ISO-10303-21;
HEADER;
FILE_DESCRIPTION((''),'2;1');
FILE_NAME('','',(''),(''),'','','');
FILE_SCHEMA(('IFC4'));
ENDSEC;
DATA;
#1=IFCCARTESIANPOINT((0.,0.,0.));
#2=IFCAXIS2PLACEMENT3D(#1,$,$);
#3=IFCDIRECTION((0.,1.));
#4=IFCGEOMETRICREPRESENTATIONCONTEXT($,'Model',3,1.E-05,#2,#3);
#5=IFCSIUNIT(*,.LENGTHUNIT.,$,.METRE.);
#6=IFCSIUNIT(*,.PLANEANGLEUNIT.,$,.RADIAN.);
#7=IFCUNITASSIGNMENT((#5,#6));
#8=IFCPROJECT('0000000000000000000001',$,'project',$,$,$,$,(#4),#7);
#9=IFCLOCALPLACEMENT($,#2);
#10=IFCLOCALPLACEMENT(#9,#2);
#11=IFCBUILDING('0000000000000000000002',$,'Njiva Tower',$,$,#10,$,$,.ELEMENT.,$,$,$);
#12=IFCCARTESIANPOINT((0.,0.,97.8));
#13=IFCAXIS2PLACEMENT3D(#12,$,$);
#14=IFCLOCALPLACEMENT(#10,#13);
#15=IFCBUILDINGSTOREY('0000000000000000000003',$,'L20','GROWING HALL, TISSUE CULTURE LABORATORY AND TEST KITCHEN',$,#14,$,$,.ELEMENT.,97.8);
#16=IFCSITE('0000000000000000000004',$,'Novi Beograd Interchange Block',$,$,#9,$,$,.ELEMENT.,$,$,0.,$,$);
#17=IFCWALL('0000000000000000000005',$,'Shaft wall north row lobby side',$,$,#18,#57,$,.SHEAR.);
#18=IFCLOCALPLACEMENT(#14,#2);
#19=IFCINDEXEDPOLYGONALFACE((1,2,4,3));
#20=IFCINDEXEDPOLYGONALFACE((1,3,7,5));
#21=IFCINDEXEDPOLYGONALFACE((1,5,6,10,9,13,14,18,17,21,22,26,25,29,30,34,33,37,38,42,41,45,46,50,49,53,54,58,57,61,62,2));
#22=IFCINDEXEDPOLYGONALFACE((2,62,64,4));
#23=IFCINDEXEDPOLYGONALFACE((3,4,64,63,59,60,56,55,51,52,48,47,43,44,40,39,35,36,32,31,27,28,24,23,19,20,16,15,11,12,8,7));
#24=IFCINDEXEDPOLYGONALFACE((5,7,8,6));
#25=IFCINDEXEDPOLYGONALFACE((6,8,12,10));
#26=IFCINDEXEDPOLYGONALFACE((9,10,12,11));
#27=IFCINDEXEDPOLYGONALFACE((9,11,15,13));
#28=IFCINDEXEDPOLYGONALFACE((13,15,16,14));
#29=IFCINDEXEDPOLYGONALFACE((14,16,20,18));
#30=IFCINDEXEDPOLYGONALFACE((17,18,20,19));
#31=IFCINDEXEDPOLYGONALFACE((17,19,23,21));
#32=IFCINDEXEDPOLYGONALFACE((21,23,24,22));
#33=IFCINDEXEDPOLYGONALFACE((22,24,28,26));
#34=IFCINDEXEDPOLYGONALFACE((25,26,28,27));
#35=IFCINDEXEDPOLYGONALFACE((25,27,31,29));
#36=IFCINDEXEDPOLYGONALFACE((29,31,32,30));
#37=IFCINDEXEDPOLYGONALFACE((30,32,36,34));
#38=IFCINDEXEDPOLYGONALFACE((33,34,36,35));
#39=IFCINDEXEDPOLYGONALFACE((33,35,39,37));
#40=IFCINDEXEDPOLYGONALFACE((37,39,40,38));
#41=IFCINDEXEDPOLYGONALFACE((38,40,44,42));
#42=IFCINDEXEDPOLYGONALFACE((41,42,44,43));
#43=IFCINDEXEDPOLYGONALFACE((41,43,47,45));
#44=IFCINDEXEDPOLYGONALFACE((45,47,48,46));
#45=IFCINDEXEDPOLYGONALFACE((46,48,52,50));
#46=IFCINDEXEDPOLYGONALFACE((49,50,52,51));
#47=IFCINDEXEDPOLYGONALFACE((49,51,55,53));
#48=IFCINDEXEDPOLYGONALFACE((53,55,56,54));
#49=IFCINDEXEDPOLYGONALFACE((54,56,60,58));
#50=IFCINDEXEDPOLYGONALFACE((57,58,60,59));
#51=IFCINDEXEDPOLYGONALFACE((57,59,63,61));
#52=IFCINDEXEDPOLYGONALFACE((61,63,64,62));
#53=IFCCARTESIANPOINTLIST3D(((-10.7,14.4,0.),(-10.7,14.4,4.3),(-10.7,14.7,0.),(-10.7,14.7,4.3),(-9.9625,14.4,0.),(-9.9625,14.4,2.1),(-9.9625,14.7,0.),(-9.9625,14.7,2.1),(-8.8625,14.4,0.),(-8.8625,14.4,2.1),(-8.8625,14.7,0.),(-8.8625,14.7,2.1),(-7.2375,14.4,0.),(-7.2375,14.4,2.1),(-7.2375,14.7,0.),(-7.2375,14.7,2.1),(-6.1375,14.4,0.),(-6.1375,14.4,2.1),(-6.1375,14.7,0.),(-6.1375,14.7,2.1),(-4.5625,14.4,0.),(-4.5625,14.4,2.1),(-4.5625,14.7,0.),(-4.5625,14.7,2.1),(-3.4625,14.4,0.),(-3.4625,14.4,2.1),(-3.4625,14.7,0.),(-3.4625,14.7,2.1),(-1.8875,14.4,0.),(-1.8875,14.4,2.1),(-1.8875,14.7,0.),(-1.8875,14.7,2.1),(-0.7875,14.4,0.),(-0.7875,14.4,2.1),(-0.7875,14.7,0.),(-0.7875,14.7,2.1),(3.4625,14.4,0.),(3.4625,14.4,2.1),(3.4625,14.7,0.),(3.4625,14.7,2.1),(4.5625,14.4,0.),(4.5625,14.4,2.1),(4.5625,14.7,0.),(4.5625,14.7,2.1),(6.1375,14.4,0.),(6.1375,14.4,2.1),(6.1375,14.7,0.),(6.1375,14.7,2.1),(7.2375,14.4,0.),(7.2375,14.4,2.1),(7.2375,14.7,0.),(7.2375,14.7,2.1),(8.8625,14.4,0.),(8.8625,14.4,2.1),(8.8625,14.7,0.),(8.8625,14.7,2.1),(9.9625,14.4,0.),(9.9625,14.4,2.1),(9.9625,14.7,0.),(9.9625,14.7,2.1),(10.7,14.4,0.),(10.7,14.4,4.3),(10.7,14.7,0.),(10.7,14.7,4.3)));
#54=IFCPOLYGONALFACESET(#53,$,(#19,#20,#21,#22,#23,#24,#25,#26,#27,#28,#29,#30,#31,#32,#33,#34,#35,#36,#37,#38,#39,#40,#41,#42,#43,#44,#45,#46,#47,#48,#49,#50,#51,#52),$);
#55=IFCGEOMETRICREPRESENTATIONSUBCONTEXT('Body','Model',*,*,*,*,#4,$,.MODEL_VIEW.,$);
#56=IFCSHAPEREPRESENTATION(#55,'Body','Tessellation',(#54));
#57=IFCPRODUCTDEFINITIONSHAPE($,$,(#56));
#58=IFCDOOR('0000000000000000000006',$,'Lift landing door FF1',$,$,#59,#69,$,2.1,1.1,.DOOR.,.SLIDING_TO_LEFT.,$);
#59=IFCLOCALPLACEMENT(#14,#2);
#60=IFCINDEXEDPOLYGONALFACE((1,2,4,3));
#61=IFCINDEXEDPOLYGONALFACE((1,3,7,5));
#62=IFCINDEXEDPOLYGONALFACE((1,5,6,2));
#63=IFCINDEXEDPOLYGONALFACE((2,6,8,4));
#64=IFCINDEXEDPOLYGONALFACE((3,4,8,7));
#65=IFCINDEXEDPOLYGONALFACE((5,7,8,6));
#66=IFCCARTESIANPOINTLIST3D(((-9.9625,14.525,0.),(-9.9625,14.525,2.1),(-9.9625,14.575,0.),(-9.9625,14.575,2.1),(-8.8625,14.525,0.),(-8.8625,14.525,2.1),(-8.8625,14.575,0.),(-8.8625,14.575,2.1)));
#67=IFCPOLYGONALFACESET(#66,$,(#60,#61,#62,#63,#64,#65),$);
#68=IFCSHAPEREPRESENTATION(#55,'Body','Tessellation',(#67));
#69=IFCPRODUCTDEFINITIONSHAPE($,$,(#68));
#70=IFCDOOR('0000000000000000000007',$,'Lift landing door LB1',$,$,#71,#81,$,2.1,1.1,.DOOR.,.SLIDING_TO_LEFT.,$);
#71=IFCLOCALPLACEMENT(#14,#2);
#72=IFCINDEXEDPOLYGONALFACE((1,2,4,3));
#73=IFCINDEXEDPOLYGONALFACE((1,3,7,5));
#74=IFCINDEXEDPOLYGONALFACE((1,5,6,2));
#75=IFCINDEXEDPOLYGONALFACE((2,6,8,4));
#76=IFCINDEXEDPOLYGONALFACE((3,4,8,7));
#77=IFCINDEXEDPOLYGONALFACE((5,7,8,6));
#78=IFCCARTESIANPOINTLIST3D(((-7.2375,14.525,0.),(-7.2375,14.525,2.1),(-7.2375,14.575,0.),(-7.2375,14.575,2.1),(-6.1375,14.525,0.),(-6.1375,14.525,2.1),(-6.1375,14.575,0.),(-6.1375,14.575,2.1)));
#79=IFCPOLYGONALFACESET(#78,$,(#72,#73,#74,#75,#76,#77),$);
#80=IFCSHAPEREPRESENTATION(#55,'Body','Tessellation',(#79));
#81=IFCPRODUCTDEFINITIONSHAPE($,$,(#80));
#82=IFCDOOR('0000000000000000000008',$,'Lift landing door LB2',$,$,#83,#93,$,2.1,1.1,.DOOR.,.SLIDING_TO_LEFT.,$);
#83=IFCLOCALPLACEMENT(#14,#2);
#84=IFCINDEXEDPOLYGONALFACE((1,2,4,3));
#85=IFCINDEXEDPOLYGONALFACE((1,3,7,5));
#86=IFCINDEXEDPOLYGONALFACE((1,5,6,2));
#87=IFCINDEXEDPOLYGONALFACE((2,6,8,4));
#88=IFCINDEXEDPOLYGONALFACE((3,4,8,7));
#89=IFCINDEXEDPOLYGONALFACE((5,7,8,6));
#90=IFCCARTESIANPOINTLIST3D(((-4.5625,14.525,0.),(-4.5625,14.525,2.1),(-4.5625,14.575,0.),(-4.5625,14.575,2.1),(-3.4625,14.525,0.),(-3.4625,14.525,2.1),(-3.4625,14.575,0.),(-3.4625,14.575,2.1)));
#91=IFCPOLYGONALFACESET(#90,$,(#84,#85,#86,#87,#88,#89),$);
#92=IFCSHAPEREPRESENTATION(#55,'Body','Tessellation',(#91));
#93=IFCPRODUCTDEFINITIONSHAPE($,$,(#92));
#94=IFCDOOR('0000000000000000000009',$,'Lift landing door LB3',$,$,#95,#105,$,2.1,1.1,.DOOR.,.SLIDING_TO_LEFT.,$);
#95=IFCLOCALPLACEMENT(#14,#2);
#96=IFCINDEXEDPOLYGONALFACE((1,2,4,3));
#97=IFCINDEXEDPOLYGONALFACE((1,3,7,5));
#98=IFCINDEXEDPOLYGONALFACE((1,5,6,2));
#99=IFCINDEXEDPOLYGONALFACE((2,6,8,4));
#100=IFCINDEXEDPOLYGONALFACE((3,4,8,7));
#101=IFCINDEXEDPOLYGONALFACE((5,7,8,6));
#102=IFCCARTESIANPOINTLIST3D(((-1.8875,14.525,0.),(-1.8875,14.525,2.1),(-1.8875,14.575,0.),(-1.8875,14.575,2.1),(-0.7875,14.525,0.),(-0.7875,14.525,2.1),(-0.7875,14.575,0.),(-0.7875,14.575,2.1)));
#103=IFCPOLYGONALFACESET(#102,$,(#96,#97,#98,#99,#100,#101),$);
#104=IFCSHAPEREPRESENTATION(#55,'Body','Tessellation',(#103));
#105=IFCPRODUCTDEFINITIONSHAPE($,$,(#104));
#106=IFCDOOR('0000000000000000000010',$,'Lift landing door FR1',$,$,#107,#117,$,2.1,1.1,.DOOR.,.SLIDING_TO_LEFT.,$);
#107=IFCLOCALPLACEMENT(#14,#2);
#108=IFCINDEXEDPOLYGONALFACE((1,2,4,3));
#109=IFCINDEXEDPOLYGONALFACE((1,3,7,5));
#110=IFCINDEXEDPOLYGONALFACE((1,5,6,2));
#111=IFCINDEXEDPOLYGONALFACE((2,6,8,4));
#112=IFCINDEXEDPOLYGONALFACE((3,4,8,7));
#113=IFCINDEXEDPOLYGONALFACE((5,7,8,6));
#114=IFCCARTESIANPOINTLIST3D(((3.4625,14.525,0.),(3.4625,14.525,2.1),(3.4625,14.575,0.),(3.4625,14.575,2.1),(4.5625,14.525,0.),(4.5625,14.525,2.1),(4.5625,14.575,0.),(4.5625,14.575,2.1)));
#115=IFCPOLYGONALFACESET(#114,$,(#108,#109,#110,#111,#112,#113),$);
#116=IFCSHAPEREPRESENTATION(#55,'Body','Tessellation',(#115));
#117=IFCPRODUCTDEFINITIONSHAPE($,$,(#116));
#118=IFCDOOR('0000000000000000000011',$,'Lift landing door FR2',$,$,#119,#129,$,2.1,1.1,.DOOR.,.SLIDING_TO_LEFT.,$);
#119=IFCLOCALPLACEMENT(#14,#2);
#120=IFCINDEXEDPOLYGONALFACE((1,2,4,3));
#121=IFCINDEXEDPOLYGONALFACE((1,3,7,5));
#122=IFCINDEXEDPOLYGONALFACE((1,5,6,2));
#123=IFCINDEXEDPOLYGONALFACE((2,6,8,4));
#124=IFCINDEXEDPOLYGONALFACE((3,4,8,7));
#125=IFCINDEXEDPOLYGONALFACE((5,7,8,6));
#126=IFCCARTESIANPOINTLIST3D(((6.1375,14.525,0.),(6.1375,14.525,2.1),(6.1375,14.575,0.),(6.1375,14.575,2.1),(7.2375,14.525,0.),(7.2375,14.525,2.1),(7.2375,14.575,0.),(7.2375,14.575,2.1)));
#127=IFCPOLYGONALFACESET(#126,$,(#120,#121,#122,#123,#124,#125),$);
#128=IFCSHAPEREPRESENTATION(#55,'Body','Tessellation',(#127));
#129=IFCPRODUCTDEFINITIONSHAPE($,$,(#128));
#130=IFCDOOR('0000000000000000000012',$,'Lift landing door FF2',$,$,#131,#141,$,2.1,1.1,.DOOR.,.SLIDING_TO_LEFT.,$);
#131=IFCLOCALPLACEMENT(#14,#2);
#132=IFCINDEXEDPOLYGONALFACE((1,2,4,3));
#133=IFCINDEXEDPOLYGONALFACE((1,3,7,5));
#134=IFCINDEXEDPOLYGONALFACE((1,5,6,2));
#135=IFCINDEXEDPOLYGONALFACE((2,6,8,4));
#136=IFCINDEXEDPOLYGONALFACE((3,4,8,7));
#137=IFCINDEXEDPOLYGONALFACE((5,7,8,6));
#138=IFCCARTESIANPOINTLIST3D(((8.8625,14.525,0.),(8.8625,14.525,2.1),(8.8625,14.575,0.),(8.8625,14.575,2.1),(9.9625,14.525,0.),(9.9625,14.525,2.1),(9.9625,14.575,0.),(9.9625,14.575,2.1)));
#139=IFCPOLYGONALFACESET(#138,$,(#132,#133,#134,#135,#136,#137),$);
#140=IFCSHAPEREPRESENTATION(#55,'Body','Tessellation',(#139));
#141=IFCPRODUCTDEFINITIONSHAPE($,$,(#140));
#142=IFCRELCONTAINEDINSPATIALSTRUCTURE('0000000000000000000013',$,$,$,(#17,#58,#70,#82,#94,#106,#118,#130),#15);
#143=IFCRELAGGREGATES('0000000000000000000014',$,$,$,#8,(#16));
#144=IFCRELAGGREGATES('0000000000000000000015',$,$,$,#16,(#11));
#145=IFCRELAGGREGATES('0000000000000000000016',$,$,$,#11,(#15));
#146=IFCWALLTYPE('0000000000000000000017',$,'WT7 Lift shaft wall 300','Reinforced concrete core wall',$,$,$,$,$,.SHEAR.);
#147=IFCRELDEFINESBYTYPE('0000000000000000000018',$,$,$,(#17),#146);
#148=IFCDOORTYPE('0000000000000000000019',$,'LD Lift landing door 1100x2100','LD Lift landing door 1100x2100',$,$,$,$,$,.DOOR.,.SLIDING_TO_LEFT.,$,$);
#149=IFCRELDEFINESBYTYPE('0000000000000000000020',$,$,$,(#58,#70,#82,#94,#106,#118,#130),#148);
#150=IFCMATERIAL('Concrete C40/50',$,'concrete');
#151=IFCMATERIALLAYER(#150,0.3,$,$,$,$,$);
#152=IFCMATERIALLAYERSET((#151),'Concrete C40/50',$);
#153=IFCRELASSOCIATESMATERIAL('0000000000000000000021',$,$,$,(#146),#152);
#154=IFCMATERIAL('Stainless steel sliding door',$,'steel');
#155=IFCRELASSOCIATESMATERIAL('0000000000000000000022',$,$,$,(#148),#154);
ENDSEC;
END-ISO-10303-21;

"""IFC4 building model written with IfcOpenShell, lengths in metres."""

from ifc_helpers import new_model, si_unit, direction, frame, frame_2d, origin, place, context, subcontext, project, spatial, rectangle, extrude, material, layer, layer_set, type_object, element, fill, save


model = new_model("IFC4")

# Units and contexts
model_context = context("Model", 3, precision=1e-05, world=origin(), true_north=direction((0.0, 1.0)))
body_context = subcontext(model_context, "Body", "Model", "MODEL_VIEW")
ifc_project = project(units=[si_unit("LENGTHUNIT", "METRE"), si_unit("PLANEANGLEUNIT", "RADIAN")], contexts=[model_context])

# Site, building, storey
site_placement = place(None, origin())
site = spatial("IfcSite", under=ifc_project, at=site_placement, Name="Novi Beograd Interchange Block", CompositionType="ELEMENT", RefElevation=0.0)
building_placement = place(site_placement, origin())
building = spatial("IfcBuilding", under=site, at=building_placement, Name="Njiva Tower", CompositionType="ELEMENT")
storey_placement = place(building_placement, frame((0.0, 0.0, 97.8)))
storey = spatial("IfcBuildingStorey", under=building, at=storey_placement, Name="L20", Description="GROWING HALL, TISSUE CULTURE LABORATORY AND TEST KITCHEN", CompositionType="ELEMENT", Elevation=97.8)

# Shared definitions
ifc_material_1 = material(Name="Concrete C40/50", Category="concrete")

# Wall, openings, doors
ifc_layer_1 = layer(ifc_material_1, 0.3)
ifc_layer_set_1 = layer_set([ifc_layer_1], Name="Concrete C40/50")
wall_type_1 = type_object("IfcWallType", Name="WT7 Lift shaft wall 300", Description="Reinforced concrete core wall", PredefinedType="SHEAR", material=ifc_layer_set_1)
wall_1_placement = place(storey_placement, frame((-10.7, 14.55, 0.0), z_axis=(0.0, 0.0, 1.0), x_axis=(1.0, 0.0, 0.0)))
wall_1 = element("IfcWall", 1, at=wall_1_placement, inside=storey, type_object=wall_type_1, Name="Shaft wall north row lobby side", PredefinedType="SHEAR", context=body_context, shape_type="SweptSolid", body=[
    extrude(rectangle(XDim=21.4, YDim=0.3, at=frame_2d((10.7, 0.0))), origin(), (0.0, 0.0, 1.0), 4.3),
])
opening_1_placement = place(wall_1_placement, frame((0.7375, 0.0, 0.0)))
opening_1 = element("IfcOpeningElement", 2, at=opening_1_placement, cuts=wall_1, PredefinedType="OPENING", context=body_context, shape_type="SweptSolid", body=[
    extrude(rectangle(XDim=1.1, YDim=2.1, at=frame_2d((0.55, 1.05))), frame((0.0, 0.16, 0.0), z_axis=(0.0, -1.0, 0.0), x_axis=(1.0, 0.0, 0.0)), (0.0, 0.0, 1.0), 0.32),
])
opening_2_placement = place(wall_1_placement, frame((3.4625, 0.0, 0.0)))
opening_2 = element("IfcOpeningElement", 3, at=opening_2_placement, cuts=wall_1, PredefinedType="OPENING", context=body_context, shape_type="SweptSolid", body=[
    extrude(rectangle(XDim=1.1, YDim=2.1, at=frame_2d((0.55, 1.05))), frame((0.0, 0.16, 0.0), z_axis=(0.0, -1.0, 0.0), x_axis=(1.0, 0.0, 0.0)), (0.0, 0.0, 1.0), 0.32),
])
opening_3_placement = place(wall_1_placement, frame((6.1375, 0.0, 0.0)))
opening_3 = element("IfcOpeningElement", 4, at=opening_3_placement, cuts=wall_1, PredefinedType="OPENING", context=body_context, shape_type="SweptSolid", body=[
    extrude(rectangle(XDim=1.1, YDim=2.1, at=frame_2d((0.55, 1.05))), frame((0.0, 0.16, 0.0), z_axis=(0.0, -1.0, 0.0), x_axis=(1.0, 0.0, 0.0)), (0.0, 0.0, 1.0), 0.32),
])
opening_4_placement = place(wall_1_placement, frame((8.8125, 0.0, 0.0)))
opening_4 = element("IfcOpeningElement", 5, at=opening_4_placement, cuts=wall_1, PredefinedType="OPENING", context=body_context, shape_type="SweptSolid", body=[
    extrude(rectangle(XDim=1.1, YDim=2.1, at=frame_2d((0.55, 1.05))), frame((0.0, 0.16, 0.0), z_axis=(0.0, -1.0, 0.0), x_axis=(1.0, 0.0, 0.0)), (0.0, 0.0, 1.0), 0.32),
])
opening_5_placement = place(wall_1_placement, frame((14.1625, 0.0, 0.0)))
opening_5 = element("IfcOpeningElement", 6, at=opening_5_placement, cuts=wall_1, PredefinedType="OPENING", context=body_context, shape_type="SweptSolid", body=[
    extrude(rectangle(XDim=1.1, YDim=2.1, at=frame_2d((0.55, 1.05))), frame((0.0, 0.16, 0.0), z_axis=(0.0, -1.0, 0.0), x_axis=(1.0, 0.0, 0.0)), (0.0, 0.0, 1.0), 0.32),
])
opening_6_placement = place(wall_1_placement, frame((16.8375, 0.0, 0.0)))
opening_6 = element("IfcOpeningElement", 7, at=opening_6_placement, cuts=wall_1, PredefinedType="OPENING", context=body_context, shape_type="SweptSolid", body=[
    extrude(rectangle(XDim=1.1, YDim=2.1, at=frame_2d((0.55, 1.05))), frame((0.0, 0.16, 0.0), z_axis=(0.0, -1.0, 0.0), x_axis=(1.0, 0.0, 0.0)), (0.0, 0.0, 1.0), 0.32),
])
opening_7_placement = place(wall_1_placement, frame((19.5625, 0.0, 0.0)))
opening_7 = element("IfcOpeningElement", 8, at=opening_7_placement, cuts=wall_1, PredefinedType="OPENING", context=body_context, shape_type="SweptSolid", body=[
    extrude(rectangle(XDim=1.1, YDim=2.1, at=frame_2d((0.55, 1.05))), frame((0.0, 0.16, 0.0), z_axis=(0.0, -1.0, 0.0), x_axis=(1.0, 0.0, 0.0)), (0.0, 0.0, 1.0), 0.32),
])
ifc_material_2 = material(Name="Stainless steel sliding door", Category="steel")
door_type_1 = type_object("IfcDoorType", Name="LD Lift landing door 1100x2100", Description="LD Lift landing door 1100x2100", OperationType="SLIDING_TO_LEFT", PredefinedType="DOOR", material=ifc_material_2)
door_1_placement = place(opening_1_placement, origin())
door_1 = element("IfcDoor", 9, at=door_1_placement, inside=storey, type_object=door_type_1, Name="Lift landing door FF1", OperationType="SLIDING_TO_LEFT", OverallHeight=2.1, OverallWidth=1.1, PredefinedType="DOOR", context=body_context, shape_type="SweptSolid", body=[
    extrude(rectangle(XDim=1.1, YDim=2.1, at=frame_2d((0.55, 1.05))), frame((0.0, 0.025, 0.0), z_axis=(0.0, -1.0, 0.0), x_axis=(1.0, 0.0, 0.0)), (0.0, 0.0, 1.0), 0.05),
])
fill(opening_1, door_1)
door_2_placement = place(opening_2_placement, origin())
door_2 = element("IfcDoor", 10, at=door_2_placement, inside=storey, type_object=door_type_1, Name="Lift landing door LB1", OperationType="SLIDING_TO_LEFT", OverallHeight=2.1, OverallWidth=1.1, PredefinedType="DOOR", context=body_context, shape_type="SweptSolid", body=[
    extrude(rectangle(XDim=1.1, YDim=2.1, at=frame_2d((0.55, 1.05))), frame((0.0, 0.025, 0.0), z_axis=(0.0, -1.0, 0.0), x_axis=(1.0, 0.0, 0.0)), (0.0, 0.0, 1.0), 0.05),
])
fill(opening_2, door_2)
door_3_placement = place(opening_3_placement, origin())
door_3 = element("IfcDoor", 11, at=door_3_placement, inside=storey, type_object=door_type_1, Name="Lift landing door LB2", OperationType="SLIDING_TO_LEFT", OverallHeight=2.1, OverallWidth=1.1, PredefinedType="DOOR", context=body_context, shape_type="SweptSolid", body=[
    extrude(rectangle(XDim=1.1, YDim=2.1, at=frame_2d((0.55, 1.05))), frame((0.0, 0.025, 0.0), z_axis=(0.0, -1.0, 0.0), x_axis=(1.0, 0.0, 0.0)), (0.0, 0.0, 1.0), 0.05),
])
fill(opening_3, door_3)
door_4_placement = place(opening_4_placement, origin())
door_4 = element("IfcDoor", 12, at=door_4_placement, inside=storey, type_object=door_type_1, Name="Lift landing door LB3", OperationType="SLIDING_TO_LEFT", OverallHeight=2.1, OverallWidth=1.1, PredefinedType="DOOR", context=body_context, shape_type="SweptSolid", body=[
    extrude(rectangle(XDim=1.1, YDim=2.1, at=frame_2d((0.55, 1.05))), frame((0.0, 0.025, 0.0), z_axis=(0.0, -1.0, 0.0), x_axis=(1.0, 0.0, 0.0)), (0.0, 0.0, 1.0), 0.05),
])
fill(opening_4, door_4)
door_5_placement = place(opening_5_placement, origin())
door_5 = element("IfcDoor", 13, at=door_5_placement, inside=storey, type_object=door_type_1, Name="Lift landing door FR1", OperationType="SLIDING_TO_LEFT", OverallHeight=2.1, OverallWidth=1.1, PredefinedType="DOOR", context=body_context, shape_type="SweptSolid", body=[
    extrude(rectangle(XDim=1.1, YDim=2.1, at=frame_2d((0.55, 1.05))), frame((0.0, 0.025, 0.0), z_axis=(0.0, -1.0, 0.0), x_axis=(1.0, 0.0, 0.0)), (0.0, 0.0, 1.0), 0.05),
])
fill(opening_5, door_5)
door_6_placement = place(opening_6_placement, origin())
door_6 = element("IfcDoor", 14, at=door_6_placement, inside=storey, type_object=door_type_1, Name="Lift landing door FR2", OperationType="SLIDING_TO_LEFT", OverallHeight=2.1, OverallWidth=1.1, PredefinedType="DOOR", context=body_context, shape_type="SweptSolid", body=[
    extrude(rectangle(XDim=1.1, YDim=2.1, at=frame_2d((0.55, 1.05))), frame((0.0, 0.025, 0.0), z_axis=(0.0, -1.0, 0.0), x_axis=(1.0, 0.0, 0.0)), (0.0, 0.0, 1.0), 0.05),
])
fill(opening_6, door_6)
door_7_placement = place(opening_7_placement, origin())
door_7 = element("IfcDoor", 15, at=door_7_placement, inside=storey, type_object=door_type_1, Name="Lift landing door FF2", OperationType="SLIDING_TO_LEFT", OverallHeight=2.1, OverallWidth=1.1, PredefinedType="DOOR", context=body_context, shape_type="SweptSolid", body=[
    extrude(rectangle(XDim=1.1, YDim=2.1, at=frame_2d((0.55, 1.05))), frame((0.0, 0.025, 0.0), z_axis=(0.0, -1.0, 0.0), x_axis=(1.0, 0.0, 0.0)), (0.0, 0.0, 1.0), 0.05),
])
fill(opening_7, door_7)

save(model, "model.ifc")
